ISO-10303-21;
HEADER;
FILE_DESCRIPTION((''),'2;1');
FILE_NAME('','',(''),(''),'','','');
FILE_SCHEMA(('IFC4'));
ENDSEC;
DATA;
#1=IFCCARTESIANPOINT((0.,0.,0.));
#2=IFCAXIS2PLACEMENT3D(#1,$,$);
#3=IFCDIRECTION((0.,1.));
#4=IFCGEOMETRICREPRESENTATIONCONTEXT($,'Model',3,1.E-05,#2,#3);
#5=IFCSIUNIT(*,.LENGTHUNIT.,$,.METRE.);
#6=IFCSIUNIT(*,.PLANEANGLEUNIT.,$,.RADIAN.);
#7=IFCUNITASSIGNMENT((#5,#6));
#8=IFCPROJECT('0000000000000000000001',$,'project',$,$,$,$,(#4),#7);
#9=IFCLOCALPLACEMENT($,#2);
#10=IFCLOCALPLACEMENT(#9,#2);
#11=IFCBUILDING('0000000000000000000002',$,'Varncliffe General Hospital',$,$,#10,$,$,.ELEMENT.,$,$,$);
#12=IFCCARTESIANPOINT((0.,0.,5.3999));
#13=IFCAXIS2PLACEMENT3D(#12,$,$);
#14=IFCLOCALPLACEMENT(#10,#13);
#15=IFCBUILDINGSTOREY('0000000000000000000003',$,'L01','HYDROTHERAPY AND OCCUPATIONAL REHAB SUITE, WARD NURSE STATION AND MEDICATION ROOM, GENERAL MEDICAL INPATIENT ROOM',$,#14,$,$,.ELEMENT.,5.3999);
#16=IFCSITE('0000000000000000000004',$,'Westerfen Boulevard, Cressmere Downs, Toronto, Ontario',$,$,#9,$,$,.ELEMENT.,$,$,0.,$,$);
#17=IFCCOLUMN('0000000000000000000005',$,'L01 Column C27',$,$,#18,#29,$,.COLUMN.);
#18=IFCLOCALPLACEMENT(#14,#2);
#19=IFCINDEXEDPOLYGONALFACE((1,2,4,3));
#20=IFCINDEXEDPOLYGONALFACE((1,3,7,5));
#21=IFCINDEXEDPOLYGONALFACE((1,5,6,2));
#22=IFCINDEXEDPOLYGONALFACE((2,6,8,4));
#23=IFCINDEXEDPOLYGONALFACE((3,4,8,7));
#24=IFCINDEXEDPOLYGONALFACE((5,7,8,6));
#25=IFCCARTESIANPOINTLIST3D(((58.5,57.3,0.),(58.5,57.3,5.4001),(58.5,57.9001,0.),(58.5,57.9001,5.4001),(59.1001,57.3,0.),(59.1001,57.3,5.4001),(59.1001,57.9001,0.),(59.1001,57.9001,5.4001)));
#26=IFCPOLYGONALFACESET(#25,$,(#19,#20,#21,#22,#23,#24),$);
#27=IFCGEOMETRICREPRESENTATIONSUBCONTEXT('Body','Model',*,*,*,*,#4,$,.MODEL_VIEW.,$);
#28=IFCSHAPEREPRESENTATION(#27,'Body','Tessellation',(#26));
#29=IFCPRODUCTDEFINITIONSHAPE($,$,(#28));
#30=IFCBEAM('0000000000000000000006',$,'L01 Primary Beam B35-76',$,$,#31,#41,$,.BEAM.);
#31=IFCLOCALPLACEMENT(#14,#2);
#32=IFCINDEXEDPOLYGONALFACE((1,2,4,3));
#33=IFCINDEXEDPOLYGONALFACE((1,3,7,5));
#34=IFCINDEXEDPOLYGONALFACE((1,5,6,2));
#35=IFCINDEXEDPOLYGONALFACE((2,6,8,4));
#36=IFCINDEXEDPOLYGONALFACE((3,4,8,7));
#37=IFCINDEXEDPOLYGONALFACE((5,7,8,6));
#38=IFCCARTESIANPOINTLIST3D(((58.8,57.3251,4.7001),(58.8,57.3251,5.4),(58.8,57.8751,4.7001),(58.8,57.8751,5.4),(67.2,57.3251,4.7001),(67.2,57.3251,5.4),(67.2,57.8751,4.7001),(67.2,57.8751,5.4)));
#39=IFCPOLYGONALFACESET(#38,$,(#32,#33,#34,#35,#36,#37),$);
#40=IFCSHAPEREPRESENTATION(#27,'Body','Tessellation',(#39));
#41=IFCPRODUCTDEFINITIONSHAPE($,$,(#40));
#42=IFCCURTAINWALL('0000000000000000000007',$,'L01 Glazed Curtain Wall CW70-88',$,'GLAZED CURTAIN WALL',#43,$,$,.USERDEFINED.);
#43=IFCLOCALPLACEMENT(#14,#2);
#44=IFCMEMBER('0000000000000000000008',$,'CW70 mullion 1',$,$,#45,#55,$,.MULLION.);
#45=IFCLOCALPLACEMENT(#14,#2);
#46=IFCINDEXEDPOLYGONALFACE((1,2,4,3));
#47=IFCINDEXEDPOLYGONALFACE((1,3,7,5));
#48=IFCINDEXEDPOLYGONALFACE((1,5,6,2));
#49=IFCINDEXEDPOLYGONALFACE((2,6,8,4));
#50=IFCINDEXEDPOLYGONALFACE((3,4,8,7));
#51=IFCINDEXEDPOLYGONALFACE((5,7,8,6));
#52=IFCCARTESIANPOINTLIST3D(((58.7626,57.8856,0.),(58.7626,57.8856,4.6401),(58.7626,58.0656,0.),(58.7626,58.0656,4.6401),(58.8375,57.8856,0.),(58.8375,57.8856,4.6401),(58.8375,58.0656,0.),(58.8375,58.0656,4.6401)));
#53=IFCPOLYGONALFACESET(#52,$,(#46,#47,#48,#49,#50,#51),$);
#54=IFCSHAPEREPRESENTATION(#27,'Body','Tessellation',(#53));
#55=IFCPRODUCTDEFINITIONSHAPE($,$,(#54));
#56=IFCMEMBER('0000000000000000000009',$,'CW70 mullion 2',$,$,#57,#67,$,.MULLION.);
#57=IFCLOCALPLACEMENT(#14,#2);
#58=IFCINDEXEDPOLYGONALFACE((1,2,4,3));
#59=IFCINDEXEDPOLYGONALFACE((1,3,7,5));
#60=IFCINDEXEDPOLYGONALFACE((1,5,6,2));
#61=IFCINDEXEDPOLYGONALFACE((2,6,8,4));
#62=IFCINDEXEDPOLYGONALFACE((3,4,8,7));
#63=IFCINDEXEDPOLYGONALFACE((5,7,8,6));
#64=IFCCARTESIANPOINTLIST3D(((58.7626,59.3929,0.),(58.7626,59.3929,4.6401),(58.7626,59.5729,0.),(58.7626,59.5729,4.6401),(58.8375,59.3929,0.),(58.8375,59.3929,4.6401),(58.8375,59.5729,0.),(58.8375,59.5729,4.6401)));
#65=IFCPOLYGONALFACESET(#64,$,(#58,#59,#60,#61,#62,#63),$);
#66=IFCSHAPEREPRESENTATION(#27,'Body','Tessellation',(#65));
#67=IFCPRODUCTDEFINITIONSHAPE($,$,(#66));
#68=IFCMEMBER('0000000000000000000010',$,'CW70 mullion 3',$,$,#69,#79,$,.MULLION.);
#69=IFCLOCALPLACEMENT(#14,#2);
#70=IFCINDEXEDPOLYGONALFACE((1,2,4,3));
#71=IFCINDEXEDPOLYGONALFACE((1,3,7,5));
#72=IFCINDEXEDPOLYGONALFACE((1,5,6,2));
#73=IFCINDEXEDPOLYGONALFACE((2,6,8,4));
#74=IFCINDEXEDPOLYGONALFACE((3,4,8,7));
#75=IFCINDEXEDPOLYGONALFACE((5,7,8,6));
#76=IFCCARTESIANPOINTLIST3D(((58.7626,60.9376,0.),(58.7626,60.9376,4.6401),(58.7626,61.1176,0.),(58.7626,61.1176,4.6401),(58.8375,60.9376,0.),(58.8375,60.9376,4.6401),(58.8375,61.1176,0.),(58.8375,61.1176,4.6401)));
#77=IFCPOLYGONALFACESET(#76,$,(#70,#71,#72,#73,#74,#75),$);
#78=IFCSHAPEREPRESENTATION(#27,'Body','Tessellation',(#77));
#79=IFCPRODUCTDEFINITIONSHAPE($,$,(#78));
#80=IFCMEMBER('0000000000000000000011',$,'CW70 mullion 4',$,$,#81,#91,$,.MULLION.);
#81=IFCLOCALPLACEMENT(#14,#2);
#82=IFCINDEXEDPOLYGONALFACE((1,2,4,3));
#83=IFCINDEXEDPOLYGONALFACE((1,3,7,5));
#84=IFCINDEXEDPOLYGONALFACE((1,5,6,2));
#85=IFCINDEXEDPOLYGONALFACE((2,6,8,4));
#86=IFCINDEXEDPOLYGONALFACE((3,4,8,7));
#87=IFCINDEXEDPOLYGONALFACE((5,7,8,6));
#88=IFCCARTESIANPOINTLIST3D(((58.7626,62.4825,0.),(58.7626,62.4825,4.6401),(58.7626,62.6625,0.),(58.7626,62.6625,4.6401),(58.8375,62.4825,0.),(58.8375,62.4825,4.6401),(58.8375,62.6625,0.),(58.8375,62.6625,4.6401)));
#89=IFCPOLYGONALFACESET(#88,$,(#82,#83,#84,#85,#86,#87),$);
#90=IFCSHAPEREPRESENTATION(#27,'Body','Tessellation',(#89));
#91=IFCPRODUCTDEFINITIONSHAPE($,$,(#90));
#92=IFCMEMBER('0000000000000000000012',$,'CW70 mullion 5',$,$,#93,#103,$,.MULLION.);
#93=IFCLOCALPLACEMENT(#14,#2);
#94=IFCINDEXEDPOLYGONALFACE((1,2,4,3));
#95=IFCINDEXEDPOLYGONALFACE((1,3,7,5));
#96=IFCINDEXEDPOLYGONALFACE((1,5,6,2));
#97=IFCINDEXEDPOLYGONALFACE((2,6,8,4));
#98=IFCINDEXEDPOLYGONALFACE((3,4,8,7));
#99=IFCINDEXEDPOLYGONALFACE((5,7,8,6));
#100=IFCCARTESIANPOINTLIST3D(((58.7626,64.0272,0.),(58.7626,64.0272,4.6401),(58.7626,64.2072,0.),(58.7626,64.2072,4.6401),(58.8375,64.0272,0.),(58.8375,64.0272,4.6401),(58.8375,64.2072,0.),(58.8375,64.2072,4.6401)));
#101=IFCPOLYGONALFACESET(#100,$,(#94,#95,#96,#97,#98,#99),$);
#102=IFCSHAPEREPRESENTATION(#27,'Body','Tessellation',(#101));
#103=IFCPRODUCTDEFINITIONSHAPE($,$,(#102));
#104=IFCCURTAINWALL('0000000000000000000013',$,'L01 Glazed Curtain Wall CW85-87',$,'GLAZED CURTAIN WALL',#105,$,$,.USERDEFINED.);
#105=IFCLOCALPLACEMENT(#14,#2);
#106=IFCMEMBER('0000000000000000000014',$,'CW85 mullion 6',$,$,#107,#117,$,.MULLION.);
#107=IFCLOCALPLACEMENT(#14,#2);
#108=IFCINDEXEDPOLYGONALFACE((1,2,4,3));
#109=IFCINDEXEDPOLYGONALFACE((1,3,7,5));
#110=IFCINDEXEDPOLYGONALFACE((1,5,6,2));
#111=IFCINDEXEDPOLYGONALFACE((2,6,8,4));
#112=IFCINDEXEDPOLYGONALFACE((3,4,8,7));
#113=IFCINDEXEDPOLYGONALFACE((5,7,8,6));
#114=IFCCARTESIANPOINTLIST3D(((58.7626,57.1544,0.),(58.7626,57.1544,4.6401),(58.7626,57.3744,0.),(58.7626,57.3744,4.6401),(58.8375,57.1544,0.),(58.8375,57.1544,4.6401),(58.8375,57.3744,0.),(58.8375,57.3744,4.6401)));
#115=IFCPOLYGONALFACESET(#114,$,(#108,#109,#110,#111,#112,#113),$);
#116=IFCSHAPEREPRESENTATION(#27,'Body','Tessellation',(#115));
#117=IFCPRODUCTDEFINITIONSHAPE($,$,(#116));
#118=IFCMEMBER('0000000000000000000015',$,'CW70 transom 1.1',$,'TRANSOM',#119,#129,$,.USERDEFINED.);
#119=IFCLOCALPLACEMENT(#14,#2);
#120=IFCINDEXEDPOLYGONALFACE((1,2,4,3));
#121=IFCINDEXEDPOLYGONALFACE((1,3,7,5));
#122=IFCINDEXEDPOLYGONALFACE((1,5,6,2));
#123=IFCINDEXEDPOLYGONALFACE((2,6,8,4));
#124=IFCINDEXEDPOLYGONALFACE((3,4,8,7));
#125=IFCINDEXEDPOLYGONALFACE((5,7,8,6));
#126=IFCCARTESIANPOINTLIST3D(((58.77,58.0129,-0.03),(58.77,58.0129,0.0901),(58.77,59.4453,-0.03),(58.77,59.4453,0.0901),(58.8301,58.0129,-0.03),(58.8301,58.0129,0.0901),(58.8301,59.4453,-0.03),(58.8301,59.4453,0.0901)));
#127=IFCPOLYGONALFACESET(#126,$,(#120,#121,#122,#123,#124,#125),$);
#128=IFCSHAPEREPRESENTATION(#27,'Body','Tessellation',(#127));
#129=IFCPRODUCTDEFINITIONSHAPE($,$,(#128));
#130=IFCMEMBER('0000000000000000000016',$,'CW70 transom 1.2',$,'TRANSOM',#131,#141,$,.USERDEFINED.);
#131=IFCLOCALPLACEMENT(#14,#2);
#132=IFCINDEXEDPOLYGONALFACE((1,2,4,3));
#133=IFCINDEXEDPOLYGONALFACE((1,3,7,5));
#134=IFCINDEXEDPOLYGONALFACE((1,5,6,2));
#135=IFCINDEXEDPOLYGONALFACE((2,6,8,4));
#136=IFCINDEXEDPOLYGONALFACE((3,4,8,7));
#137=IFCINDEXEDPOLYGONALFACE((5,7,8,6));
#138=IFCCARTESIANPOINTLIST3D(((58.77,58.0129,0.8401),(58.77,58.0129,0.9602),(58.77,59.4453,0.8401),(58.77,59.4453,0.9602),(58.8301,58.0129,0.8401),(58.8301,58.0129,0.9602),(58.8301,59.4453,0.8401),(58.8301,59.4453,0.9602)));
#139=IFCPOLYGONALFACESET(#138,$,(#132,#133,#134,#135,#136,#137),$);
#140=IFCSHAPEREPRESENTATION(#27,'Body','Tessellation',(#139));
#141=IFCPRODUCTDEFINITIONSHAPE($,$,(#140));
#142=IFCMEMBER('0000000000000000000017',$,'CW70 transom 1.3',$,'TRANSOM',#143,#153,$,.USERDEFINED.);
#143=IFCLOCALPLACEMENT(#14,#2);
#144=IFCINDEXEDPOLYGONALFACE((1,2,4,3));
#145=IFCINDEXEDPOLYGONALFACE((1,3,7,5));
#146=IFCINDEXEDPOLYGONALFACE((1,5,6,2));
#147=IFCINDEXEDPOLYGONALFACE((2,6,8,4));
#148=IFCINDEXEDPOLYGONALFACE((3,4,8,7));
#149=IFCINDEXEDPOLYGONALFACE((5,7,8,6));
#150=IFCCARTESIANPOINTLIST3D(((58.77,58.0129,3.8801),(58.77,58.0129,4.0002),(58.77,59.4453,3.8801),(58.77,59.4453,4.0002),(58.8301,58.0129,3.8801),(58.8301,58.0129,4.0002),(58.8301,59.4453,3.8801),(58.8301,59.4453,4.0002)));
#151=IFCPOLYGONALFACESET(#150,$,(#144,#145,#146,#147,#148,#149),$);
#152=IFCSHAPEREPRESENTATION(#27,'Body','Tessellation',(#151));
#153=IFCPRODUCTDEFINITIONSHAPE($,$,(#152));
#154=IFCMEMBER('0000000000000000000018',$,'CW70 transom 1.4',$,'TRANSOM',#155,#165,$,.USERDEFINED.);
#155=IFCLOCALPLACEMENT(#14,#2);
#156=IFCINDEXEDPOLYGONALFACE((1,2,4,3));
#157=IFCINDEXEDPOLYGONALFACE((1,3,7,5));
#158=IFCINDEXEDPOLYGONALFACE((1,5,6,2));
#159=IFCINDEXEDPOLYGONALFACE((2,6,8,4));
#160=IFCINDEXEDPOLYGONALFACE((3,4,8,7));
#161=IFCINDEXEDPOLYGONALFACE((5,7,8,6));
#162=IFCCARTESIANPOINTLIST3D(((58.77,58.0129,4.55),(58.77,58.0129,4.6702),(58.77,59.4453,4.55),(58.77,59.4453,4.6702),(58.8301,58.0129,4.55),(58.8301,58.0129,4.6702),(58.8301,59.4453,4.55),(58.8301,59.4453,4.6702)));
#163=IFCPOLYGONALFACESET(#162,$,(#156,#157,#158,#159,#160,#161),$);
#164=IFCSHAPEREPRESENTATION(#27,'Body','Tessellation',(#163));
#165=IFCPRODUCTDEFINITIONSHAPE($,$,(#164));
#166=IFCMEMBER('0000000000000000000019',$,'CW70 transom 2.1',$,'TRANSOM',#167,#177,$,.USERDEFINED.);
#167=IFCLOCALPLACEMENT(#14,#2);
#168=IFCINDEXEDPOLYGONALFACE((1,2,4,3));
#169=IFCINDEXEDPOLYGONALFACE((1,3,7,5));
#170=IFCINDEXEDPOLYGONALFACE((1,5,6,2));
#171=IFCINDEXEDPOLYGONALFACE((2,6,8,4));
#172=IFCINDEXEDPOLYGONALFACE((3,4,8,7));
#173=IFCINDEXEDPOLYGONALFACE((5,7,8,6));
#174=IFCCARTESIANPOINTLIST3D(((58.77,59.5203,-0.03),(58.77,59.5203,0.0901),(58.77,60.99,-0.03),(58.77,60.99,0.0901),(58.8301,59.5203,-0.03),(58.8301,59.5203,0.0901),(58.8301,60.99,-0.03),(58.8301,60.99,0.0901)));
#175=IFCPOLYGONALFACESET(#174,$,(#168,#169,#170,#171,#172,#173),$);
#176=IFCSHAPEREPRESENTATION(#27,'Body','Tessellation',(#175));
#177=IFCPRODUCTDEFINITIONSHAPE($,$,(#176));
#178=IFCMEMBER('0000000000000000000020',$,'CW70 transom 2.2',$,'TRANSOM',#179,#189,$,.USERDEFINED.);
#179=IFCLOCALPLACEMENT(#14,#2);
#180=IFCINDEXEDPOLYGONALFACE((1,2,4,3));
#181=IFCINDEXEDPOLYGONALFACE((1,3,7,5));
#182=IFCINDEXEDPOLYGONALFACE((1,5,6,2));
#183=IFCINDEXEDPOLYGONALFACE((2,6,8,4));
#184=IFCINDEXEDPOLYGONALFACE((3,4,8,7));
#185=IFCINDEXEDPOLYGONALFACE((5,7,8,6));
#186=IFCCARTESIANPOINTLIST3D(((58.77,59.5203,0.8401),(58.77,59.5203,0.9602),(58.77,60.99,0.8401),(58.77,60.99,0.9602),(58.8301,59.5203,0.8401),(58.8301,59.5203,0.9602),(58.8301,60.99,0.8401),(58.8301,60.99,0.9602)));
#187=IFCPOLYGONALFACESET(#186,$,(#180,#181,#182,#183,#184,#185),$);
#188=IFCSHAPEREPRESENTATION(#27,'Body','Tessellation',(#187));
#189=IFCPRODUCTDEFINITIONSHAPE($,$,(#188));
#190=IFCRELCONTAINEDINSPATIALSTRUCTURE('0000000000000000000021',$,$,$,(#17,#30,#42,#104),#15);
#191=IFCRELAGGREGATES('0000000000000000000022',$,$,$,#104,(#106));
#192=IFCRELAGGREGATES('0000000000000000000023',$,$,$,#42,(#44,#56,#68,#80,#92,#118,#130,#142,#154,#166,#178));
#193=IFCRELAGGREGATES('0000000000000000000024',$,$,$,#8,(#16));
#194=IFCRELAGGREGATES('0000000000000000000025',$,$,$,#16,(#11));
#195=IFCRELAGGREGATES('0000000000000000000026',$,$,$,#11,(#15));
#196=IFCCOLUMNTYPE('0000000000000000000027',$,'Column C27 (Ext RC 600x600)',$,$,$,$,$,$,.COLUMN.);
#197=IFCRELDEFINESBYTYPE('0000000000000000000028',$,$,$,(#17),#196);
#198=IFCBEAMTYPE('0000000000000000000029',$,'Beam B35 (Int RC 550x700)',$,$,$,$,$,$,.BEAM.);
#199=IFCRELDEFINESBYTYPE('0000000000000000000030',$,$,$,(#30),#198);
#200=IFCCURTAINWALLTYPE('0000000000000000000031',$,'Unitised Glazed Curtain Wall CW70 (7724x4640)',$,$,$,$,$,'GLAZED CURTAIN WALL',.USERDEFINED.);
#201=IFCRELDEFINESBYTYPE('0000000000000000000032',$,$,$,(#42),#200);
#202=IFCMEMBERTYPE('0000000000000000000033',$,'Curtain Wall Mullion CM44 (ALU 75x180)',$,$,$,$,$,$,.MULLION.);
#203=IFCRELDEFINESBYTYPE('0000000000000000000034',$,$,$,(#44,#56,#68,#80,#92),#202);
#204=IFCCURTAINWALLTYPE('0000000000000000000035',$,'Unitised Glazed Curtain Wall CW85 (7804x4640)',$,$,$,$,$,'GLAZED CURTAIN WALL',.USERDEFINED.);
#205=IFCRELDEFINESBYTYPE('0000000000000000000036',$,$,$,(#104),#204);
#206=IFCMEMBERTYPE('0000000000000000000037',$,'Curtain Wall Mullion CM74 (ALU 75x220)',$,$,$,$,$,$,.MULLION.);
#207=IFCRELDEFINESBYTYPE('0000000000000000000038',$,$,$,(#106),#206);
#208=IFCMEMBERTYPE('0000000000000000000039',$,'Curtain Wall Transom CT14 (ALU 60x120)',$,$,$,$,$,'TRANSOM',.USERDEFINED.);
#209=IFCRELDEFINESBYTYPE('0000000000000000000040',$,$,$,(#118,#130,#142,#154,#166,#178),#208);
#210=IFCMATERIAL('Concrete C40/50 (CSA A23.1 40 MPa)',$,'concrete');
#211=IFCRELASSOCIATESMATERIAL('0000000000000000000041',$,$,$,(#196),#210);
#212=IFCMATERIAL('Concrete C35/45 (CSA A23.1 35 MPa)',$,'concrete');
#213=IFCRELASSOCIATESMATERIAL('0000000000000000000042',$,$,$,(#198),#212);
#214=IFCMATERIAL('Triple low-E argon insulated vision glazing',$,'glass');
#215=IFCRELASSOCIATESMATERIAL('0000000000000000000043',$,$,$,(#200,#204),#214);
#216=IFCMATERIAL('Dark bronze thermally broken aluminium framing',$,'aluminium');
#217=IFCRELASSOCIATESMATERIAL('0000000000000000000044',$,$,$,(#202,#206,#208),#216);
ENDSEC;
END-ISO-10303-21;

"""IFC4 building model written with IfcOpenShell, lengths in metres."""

from ifc_helpers import new_model, si_unit, direction, frame, origin, origin_2d, place, context, subcontext, project, spatial, rectangle, extrude, material, material_profile, profile_set, type_object, element, aggregate, save


model = new_model("IFC4")

# Units and contexts
model_context = context("Model", 3, precision=1e-05, world=origin(), true_north=direction((0.0, 1.0)))
body_context = subcontext(model_context, "Body", "Model", "MODEL_VIEW")
ifc_project = project(units=[si_unit("LENGTHUNIT", "METRE"), si_unit("PLANEANGLEUNIT", "RADIAN")], contexts=[model_context])

# Site, building, storey
site_placement = place(None, origin())
site = spatial("IfcSite", under=ifc_project, at=site_placement, Name="Westerfen Boulevard, Cressmere Downs, Toronto, Ontario", CompositionType="ELEMENT", RefElevation=0.0)
building_placement = place(site_placement, origin())
building = spatial("IfcBuilding", under=site, at=building_placement, Name="Varncliffe General Hospital", CompositionType="ELEMENT")
storey_placement = place(building_placement, frame((0.0, 0.0, 5.3999)))
storey = spatial("IfcBuildingStorey", under=building, at=storey_placement, Name="L01", Description="HYDROTHERAPY AND OCCUPATIONAL REHAB SUITE, WARD NURSE STATION AND MEDICATION ROOM, GENERAL MEDICAL INPATIENT ROOM", CompositionType="ELEMENT", Elevation=5.3999)

# Column
ifc_material_1 = material(Name="Concrete C40/50 (CSA A23.1 40 MPa)", Category="concrete")
ifc_material_profile_1 = material_profile(ifc_material_1, rectangle(XDim=0.6001, YDim=0.6001, at=origin_2d()), Name="RC 600x600")
ifc_profile_set_1 = profile_set([ifc_material_profile_1], Name="Concrete C40/50 (CSA A23.1 40 MPa)")
column_type = type_object("IfcColumnType", Name="Column C27 (Ext RC 600x600)", PredefinedType="COLUMN", material=ifc_profile_set_1)
column_placement = place(storey_placement, frame((58.8, 57.6001, 0.0), z_axis=(0.0, 0.0, 1.0), x_axis=(1.0, 0.0, 0.0)))
element("IfcColumn", 1, at=column_placement, inside=storey, type_object=column_type, Name="L01 Column C27", PredefinedType="COLUMN", context=body_context, shape_type="SweptSolid", body=[
    extrude(rectangle(XDim=0.6001, YDim=0.6001, at=origin_2d()), origin(), (0.0, 0.0, 1.0), 5.4001),
])

# Beam
ifc_material_2 = material(Name="Concrete C35/45 (CSA A23.1 35 MPa)", Category="concrete")
ifc_material_profile_2 = material_profile(ifc_material_2, rectangle(XDim=0.55, YDim=0.7, at=origin_2d()), Name="RC 550x700")
ifc_profile_set_2 = profile_set([ifc_material_profile_2], Name="Concrete C35/45 (CSA A23.1 35 MPa)")
beam_type_1 = type_object("IfcBeamType", Name="Beam B35 (Int RC 550x700)", PredefinedType="BEAM", material=ifc_profile_set_2)
beam_1_placement = place(storey_placement, frame((58.8, 57.6001, 5.05), z_axis=(1.0, 0.0, 0.0), x_axis=(0.0, 1.0, 0.0)))
element("IfcBeam", 2, at=beam_1_placement, inside=storey, type_object=beam_type_1, Name="L01 Primary Beam B35-76", PredefinedType="BEAM", context=body_context, shape_type="SweptSolid", body=[
    extrude(rectangle(XDim=0.55, YDim=0.7, at=origin_2d()), origin(), (0.0, 0.0, 1.0), 8.3999),
])

# Curtain wall, members
ifc_material_3 = material(Name="Triple low-E argon insulated vision glazing", Category="glass")
curtain_wall_type_1 = type_object("IfcCurtainWallType", Name="Unitised Glazed Curtain Wall CW70 (7724x4640)", ElementType="GLAZED CURTAIN WALL", PredefinedType="USERDEFINED", material=ifc_material_3)
curtain_wall_1_placement = place(storey_placement, origin())
curtain_wall_1 = element("IfcCurtainWall", 3, at=curtain_wall_1_placement, inside=storey, type_object=curtain_wall_type_1, Name="L01 Glazed Curtain Wall CW70-88", ObjectType="GLAZED CURTAIN WALL", PredefinedType="USERDEFINED")
ifc_material_4 = material(Name="Dark bronze thermally broken aluminium framing", Category="aluminium")
ifc_material_profile_3 = material_profile(ifc_material_4, rectangle(XDim=0.075, YDim=0.1799, at=origin_2d()), Name="ALU 75x180")
ifc_profile_set_3 = profile_set([ifc_material_profile_3], Name="Dark bronze thermally broken aluminium framing")
member_type_1 = type_object("IfcMemberType", Name="Curtain Wall Mullion CM44 (ALU 75x180)", PredefinedType="MULLION", material=ifc_profile_set_3)
member_1_placement = place(storey_placement, frame((58.8, 57.9756, 0.0), z_axis=(0.0, 0.0, 1.0), x_axis=(-1.0, 0.0, 0.0)))
member_1 = element("IfcMember", 4, at=member_1_placement, type_object=member_type_1, Name="CW70 mullion 1", PredefinedType="MULLION", context=body_context, shape_type="SweptSolid", body=[
    extrude(rectangle(XDim=0.075, YDim=0.1799, at=origin_2d()), origin(), (0.0, 0.0, 1.0), 4.6401),
])
member_2_placement = place(storey_placement, frame((58.8, 59.4829, 0.0), z_axis=(0.0, 0.0, 1.0), x_axis=(-1.0, 0.0, 0.0)))
member_2 = element("IfcMember", 5, at=member_2_placement, type_object=member_type_1, Name="CW70 mullion 2", PredefinedType="MULLION", context=body_context, shape_type="SweptSolid", body=[
    extrude(rectangle(XDim=0.075, YDim=0.1799, at=origin_2d()), origin(), (0.0, 0.0, 1.0), 4.6401),
])
member_3_placement = place(storey_placement, frame((58.8, 61.0276, 0.0), z_axis=(0.0, 0.0, 1.0), x_axis=(-1.0, 0.0, 0.0)))
member_3 = element("IfcMember", 6, at=member_3_placement, type_object=member_type_1, Name="CW70 mullion 3", PredefinedType="MULLION", context=body_context, shape_type="SweptSolid", body=[
    extrude(rectangle(XDim=0.075, YDim=0.1799, at=origin_2d()), origin(), (0.0, 0.0, 1.0), 4.6401),
])
member_4_placement = place(storey_placement, frame((58.8, 62.5725, 0.0), z_axis=(0.0, 0.0, 1.0), x_axis=(-1.0, 0.0, 0.0)))
member_4 = element("IfcMember", 7, at=member_4_placement, type_object=member_type_1, Name="CW70 mullion 4", PredefinedType="MULLION", context=body_context, shape_type="SweptSolid", body=[
    extrude(rectangle(XDim=0.075, YDim=0.1799, at=origin_2d()), origin(), (0.0, 0.0, 1.0), 4.6401),
])
member_5_placement = place(storey_placement, frame((58.8, 64.1172, 0.0), z_axis=(0.0, 0.0, 1.0), x_axis=(-1.0, 0.0, 0.0)))
member_5 = element("IfcMember", 8, at=member_5_placement, type_object=member_type_1, Name="CW70 mullion 5", PredefinedType="MULLION", context=body_context, shape_type="SweptSolid", body=[
    extrude(rectangle(XDim=0.075, YDim=0.1799, at=origin_2d()), origin(), (0.0, 0.0, 1.0), 4.6401),
])

# Curtain wall, member
curtain_wall_type_2 = type_object("IfcCurtainWallType", Name="Unitised Glazed Curtain Wall CW85 (7804x4640)", ElementType="GLAZED CURTAIN WALL", PredefinedType="USERDEFINED", material=ifc_material_3)
curtain_wall_2_placement = place(storey_placement, origin())
curtain_wall_2 = element("IfcCurtainWall", 9, at=curtain_wall_2_placement, inside=storey, type_object=curtain_wall_type_2, Name="L01 Glazed Curtain Wall CW85-87", ObjectType="GLAZED CURTAIN WALL", PredefinedType="USERDEFINED")
ifc_material_profile_4 = material_profile(ifc_material_4, rectangle(XDim=0.075, YDim=0.22, at=origin_2d()), Name="ALU 75x220")
ifc_profile_set_4 = profile_set([ifc_material_profile_4], Name="Dark bronze thermally broken aluminium framing")
member_type_2 = type_object("IfcMemberType", Name="Curtain Wall Mullion CM74 (ALU 75x220)", PredefinedType="MULLION", material=ifc_profile_set_4)
member_6_placement = place(storey_placement, frame((58.8, 57.2644, 0.0), z_axis=(0.0, 0.0, 1.0), x_axis=(-1.0, 0.0, 0.0)))
member_6 = element("IfcMember", 10, at=member_6_placement, type_object=member_type_2, Name="CW85 mullion 6", PredefinedType="MULLION", context=body_context, shape_type="SweptSolid", body=[
    extrude(rectangle(XDim=0.075, YDim=0.22, at=origin_2d()), origin(), (0.0, 0.0, 1.0), 4.6401),
])
aggregate(curtain_wall_2, [member_6])

# Members
ifc_material_profile_5 = material_profile(ifc_material_4, rectangle(XDim=0.0601, YDim=0.1201, at=origin_2d()), Name="ALU 60x120")
ifc_profile_set_5 = profile_set([ifc_material_profile_5], Name="Dark bronze thermally broken aluminium framing")
member_type_3 = type_object("IfcMemberType", Name="Curtain Wall Transom CT14 (ALU 60x120)", ElementType="TRANSOM", PredefinedType="USERDEFINED", material=ifc_profile_set_5)
member_7_placement = place(storey_placement, frame((58.8, 58.0129, 0.03), z_axis=(0.0, 1.0, 0.0), x_axis=(-1.0, 0.0, 0.0)))
member_7 = element("IfcMember", 11, at=member_7_placement, type_object=member_type_3, Name="CW70 transom 1.1", ObjectType="TRANSOM", PredefinedType="USERDEFINED", context=body_context, shape_type="SweptSolid", body=[
    extrude(rectangle(XDim=0.0601, YDim=0.1201, at=origin_2d()), origin(), (0.0, 0.0, 1.0), 1.4324),
])
member_8_placement = place(storey_placement, frame((58.8, 58.0129, 0.9001), z_axis=(0.0, 1.0, 0.0), x_axis=(-1.0, 0.0, 0.0)))
member_8 = element("IfcMember", 12, at=member_8_placement, type_object=member_type_3, Name="CW70 transom 1.2", ObjectType="TRANSOM", PredefinedType="USERDEFINED", context=body_context, shape_type="SweptSolid", body=[
    extrude(rectangle(XDim=0.0601, YDim=0.1201, at=origin_2d()), origin(), (0.0, 0.0, 1.0), 1.4324),
])
member_9_placement = place(storey_placement, frame((58.8, 58.0129, 3.9402), z_axis=(0.0, 1.0, 0.0), x_axis=(-1.0, 0.0, 0.0)))
member_9 = element("IfcMember", 13, at=member_9_placement, type_object=member_type_3, Name="CW70 transom 1.3", ObjectType="TRANSOM", PredefinedType="USERDEFINED", context=body_context, shape_type="SweptSolid", body=[
    extrude(rectangle(XDim=0.0601, YDim=0.1201, at=origin_2d()), origin(), (0.0, 0.0, 1.0), 1.4324),
])
member_10_placement = place(storey_placement, frame((58.8, 58.0129, 4.6101), z_axis=(0.0, 1.0, 0.0), x_axis=(-1.0, 0.0, 0.0)))
member_10 = element("IfcMember", 14, at=member_10_placement, type_object=member_type_3, Name="CW70 transom 1.4", ObjectType="TRANSOM", PredefinedType="USERDEFINED", context=body_context, shape_type="SweptSolid", body=[
    extrude(rectangle(XDim=0.0601, YDim=0.1201, at=origin_2d()), origin(), (0.0, 0.0, 1.0), 1.4324),
])
member_11_placement = place(storey_placement, frame((58.8, 59.5203, 0.03), z_axis=(0.0, 1.0, 0.0), x_axis=(-1.0, 0.0, 0.0)))
member_11 = element("IfcMember", 15, at=member_11_placement, type_object=member_type_3, Name="CW70 transom 2.1", ObjectType="TRANSOM", PredefinedType="USERDEFINED", context=body_context, shape_type="SweptSolid", body=[
    extrude(rectangle(XDim=0.0601, YDim=0.1201, at=origin_2d()), origin(), (0.0, 0.0, 1.0), 1.4697),
])
member_12_placement = place(storey_placement, frame((58.8, 59.5203, 0.9001), z_axis=(0.0, 1.0, 0.0), x_axis=(-1.0, 0.0, 0.0)))
member_12 = element("IfcMember", 16, at=member_12_placement, type_object=member_type_3, Name="CW70 transom 2.2", ObjectType="TRANSOM", PredefinedType="USERDEFINED", context=body_context, shape_type="SweptSolid", body=[
    extrude(rectangle(XDim=0.0601, YDim=0.1201, at=origin_2d()), origin(), (0.0, 0.0, 1.0), 1.4697),
])

aggregate(curtain_wall_1, [member_1, member_2, member_3, member_4, member_5, member_7, member_8, member_9, member_10, member_11, member_12])

save(model, "model.ifc")
